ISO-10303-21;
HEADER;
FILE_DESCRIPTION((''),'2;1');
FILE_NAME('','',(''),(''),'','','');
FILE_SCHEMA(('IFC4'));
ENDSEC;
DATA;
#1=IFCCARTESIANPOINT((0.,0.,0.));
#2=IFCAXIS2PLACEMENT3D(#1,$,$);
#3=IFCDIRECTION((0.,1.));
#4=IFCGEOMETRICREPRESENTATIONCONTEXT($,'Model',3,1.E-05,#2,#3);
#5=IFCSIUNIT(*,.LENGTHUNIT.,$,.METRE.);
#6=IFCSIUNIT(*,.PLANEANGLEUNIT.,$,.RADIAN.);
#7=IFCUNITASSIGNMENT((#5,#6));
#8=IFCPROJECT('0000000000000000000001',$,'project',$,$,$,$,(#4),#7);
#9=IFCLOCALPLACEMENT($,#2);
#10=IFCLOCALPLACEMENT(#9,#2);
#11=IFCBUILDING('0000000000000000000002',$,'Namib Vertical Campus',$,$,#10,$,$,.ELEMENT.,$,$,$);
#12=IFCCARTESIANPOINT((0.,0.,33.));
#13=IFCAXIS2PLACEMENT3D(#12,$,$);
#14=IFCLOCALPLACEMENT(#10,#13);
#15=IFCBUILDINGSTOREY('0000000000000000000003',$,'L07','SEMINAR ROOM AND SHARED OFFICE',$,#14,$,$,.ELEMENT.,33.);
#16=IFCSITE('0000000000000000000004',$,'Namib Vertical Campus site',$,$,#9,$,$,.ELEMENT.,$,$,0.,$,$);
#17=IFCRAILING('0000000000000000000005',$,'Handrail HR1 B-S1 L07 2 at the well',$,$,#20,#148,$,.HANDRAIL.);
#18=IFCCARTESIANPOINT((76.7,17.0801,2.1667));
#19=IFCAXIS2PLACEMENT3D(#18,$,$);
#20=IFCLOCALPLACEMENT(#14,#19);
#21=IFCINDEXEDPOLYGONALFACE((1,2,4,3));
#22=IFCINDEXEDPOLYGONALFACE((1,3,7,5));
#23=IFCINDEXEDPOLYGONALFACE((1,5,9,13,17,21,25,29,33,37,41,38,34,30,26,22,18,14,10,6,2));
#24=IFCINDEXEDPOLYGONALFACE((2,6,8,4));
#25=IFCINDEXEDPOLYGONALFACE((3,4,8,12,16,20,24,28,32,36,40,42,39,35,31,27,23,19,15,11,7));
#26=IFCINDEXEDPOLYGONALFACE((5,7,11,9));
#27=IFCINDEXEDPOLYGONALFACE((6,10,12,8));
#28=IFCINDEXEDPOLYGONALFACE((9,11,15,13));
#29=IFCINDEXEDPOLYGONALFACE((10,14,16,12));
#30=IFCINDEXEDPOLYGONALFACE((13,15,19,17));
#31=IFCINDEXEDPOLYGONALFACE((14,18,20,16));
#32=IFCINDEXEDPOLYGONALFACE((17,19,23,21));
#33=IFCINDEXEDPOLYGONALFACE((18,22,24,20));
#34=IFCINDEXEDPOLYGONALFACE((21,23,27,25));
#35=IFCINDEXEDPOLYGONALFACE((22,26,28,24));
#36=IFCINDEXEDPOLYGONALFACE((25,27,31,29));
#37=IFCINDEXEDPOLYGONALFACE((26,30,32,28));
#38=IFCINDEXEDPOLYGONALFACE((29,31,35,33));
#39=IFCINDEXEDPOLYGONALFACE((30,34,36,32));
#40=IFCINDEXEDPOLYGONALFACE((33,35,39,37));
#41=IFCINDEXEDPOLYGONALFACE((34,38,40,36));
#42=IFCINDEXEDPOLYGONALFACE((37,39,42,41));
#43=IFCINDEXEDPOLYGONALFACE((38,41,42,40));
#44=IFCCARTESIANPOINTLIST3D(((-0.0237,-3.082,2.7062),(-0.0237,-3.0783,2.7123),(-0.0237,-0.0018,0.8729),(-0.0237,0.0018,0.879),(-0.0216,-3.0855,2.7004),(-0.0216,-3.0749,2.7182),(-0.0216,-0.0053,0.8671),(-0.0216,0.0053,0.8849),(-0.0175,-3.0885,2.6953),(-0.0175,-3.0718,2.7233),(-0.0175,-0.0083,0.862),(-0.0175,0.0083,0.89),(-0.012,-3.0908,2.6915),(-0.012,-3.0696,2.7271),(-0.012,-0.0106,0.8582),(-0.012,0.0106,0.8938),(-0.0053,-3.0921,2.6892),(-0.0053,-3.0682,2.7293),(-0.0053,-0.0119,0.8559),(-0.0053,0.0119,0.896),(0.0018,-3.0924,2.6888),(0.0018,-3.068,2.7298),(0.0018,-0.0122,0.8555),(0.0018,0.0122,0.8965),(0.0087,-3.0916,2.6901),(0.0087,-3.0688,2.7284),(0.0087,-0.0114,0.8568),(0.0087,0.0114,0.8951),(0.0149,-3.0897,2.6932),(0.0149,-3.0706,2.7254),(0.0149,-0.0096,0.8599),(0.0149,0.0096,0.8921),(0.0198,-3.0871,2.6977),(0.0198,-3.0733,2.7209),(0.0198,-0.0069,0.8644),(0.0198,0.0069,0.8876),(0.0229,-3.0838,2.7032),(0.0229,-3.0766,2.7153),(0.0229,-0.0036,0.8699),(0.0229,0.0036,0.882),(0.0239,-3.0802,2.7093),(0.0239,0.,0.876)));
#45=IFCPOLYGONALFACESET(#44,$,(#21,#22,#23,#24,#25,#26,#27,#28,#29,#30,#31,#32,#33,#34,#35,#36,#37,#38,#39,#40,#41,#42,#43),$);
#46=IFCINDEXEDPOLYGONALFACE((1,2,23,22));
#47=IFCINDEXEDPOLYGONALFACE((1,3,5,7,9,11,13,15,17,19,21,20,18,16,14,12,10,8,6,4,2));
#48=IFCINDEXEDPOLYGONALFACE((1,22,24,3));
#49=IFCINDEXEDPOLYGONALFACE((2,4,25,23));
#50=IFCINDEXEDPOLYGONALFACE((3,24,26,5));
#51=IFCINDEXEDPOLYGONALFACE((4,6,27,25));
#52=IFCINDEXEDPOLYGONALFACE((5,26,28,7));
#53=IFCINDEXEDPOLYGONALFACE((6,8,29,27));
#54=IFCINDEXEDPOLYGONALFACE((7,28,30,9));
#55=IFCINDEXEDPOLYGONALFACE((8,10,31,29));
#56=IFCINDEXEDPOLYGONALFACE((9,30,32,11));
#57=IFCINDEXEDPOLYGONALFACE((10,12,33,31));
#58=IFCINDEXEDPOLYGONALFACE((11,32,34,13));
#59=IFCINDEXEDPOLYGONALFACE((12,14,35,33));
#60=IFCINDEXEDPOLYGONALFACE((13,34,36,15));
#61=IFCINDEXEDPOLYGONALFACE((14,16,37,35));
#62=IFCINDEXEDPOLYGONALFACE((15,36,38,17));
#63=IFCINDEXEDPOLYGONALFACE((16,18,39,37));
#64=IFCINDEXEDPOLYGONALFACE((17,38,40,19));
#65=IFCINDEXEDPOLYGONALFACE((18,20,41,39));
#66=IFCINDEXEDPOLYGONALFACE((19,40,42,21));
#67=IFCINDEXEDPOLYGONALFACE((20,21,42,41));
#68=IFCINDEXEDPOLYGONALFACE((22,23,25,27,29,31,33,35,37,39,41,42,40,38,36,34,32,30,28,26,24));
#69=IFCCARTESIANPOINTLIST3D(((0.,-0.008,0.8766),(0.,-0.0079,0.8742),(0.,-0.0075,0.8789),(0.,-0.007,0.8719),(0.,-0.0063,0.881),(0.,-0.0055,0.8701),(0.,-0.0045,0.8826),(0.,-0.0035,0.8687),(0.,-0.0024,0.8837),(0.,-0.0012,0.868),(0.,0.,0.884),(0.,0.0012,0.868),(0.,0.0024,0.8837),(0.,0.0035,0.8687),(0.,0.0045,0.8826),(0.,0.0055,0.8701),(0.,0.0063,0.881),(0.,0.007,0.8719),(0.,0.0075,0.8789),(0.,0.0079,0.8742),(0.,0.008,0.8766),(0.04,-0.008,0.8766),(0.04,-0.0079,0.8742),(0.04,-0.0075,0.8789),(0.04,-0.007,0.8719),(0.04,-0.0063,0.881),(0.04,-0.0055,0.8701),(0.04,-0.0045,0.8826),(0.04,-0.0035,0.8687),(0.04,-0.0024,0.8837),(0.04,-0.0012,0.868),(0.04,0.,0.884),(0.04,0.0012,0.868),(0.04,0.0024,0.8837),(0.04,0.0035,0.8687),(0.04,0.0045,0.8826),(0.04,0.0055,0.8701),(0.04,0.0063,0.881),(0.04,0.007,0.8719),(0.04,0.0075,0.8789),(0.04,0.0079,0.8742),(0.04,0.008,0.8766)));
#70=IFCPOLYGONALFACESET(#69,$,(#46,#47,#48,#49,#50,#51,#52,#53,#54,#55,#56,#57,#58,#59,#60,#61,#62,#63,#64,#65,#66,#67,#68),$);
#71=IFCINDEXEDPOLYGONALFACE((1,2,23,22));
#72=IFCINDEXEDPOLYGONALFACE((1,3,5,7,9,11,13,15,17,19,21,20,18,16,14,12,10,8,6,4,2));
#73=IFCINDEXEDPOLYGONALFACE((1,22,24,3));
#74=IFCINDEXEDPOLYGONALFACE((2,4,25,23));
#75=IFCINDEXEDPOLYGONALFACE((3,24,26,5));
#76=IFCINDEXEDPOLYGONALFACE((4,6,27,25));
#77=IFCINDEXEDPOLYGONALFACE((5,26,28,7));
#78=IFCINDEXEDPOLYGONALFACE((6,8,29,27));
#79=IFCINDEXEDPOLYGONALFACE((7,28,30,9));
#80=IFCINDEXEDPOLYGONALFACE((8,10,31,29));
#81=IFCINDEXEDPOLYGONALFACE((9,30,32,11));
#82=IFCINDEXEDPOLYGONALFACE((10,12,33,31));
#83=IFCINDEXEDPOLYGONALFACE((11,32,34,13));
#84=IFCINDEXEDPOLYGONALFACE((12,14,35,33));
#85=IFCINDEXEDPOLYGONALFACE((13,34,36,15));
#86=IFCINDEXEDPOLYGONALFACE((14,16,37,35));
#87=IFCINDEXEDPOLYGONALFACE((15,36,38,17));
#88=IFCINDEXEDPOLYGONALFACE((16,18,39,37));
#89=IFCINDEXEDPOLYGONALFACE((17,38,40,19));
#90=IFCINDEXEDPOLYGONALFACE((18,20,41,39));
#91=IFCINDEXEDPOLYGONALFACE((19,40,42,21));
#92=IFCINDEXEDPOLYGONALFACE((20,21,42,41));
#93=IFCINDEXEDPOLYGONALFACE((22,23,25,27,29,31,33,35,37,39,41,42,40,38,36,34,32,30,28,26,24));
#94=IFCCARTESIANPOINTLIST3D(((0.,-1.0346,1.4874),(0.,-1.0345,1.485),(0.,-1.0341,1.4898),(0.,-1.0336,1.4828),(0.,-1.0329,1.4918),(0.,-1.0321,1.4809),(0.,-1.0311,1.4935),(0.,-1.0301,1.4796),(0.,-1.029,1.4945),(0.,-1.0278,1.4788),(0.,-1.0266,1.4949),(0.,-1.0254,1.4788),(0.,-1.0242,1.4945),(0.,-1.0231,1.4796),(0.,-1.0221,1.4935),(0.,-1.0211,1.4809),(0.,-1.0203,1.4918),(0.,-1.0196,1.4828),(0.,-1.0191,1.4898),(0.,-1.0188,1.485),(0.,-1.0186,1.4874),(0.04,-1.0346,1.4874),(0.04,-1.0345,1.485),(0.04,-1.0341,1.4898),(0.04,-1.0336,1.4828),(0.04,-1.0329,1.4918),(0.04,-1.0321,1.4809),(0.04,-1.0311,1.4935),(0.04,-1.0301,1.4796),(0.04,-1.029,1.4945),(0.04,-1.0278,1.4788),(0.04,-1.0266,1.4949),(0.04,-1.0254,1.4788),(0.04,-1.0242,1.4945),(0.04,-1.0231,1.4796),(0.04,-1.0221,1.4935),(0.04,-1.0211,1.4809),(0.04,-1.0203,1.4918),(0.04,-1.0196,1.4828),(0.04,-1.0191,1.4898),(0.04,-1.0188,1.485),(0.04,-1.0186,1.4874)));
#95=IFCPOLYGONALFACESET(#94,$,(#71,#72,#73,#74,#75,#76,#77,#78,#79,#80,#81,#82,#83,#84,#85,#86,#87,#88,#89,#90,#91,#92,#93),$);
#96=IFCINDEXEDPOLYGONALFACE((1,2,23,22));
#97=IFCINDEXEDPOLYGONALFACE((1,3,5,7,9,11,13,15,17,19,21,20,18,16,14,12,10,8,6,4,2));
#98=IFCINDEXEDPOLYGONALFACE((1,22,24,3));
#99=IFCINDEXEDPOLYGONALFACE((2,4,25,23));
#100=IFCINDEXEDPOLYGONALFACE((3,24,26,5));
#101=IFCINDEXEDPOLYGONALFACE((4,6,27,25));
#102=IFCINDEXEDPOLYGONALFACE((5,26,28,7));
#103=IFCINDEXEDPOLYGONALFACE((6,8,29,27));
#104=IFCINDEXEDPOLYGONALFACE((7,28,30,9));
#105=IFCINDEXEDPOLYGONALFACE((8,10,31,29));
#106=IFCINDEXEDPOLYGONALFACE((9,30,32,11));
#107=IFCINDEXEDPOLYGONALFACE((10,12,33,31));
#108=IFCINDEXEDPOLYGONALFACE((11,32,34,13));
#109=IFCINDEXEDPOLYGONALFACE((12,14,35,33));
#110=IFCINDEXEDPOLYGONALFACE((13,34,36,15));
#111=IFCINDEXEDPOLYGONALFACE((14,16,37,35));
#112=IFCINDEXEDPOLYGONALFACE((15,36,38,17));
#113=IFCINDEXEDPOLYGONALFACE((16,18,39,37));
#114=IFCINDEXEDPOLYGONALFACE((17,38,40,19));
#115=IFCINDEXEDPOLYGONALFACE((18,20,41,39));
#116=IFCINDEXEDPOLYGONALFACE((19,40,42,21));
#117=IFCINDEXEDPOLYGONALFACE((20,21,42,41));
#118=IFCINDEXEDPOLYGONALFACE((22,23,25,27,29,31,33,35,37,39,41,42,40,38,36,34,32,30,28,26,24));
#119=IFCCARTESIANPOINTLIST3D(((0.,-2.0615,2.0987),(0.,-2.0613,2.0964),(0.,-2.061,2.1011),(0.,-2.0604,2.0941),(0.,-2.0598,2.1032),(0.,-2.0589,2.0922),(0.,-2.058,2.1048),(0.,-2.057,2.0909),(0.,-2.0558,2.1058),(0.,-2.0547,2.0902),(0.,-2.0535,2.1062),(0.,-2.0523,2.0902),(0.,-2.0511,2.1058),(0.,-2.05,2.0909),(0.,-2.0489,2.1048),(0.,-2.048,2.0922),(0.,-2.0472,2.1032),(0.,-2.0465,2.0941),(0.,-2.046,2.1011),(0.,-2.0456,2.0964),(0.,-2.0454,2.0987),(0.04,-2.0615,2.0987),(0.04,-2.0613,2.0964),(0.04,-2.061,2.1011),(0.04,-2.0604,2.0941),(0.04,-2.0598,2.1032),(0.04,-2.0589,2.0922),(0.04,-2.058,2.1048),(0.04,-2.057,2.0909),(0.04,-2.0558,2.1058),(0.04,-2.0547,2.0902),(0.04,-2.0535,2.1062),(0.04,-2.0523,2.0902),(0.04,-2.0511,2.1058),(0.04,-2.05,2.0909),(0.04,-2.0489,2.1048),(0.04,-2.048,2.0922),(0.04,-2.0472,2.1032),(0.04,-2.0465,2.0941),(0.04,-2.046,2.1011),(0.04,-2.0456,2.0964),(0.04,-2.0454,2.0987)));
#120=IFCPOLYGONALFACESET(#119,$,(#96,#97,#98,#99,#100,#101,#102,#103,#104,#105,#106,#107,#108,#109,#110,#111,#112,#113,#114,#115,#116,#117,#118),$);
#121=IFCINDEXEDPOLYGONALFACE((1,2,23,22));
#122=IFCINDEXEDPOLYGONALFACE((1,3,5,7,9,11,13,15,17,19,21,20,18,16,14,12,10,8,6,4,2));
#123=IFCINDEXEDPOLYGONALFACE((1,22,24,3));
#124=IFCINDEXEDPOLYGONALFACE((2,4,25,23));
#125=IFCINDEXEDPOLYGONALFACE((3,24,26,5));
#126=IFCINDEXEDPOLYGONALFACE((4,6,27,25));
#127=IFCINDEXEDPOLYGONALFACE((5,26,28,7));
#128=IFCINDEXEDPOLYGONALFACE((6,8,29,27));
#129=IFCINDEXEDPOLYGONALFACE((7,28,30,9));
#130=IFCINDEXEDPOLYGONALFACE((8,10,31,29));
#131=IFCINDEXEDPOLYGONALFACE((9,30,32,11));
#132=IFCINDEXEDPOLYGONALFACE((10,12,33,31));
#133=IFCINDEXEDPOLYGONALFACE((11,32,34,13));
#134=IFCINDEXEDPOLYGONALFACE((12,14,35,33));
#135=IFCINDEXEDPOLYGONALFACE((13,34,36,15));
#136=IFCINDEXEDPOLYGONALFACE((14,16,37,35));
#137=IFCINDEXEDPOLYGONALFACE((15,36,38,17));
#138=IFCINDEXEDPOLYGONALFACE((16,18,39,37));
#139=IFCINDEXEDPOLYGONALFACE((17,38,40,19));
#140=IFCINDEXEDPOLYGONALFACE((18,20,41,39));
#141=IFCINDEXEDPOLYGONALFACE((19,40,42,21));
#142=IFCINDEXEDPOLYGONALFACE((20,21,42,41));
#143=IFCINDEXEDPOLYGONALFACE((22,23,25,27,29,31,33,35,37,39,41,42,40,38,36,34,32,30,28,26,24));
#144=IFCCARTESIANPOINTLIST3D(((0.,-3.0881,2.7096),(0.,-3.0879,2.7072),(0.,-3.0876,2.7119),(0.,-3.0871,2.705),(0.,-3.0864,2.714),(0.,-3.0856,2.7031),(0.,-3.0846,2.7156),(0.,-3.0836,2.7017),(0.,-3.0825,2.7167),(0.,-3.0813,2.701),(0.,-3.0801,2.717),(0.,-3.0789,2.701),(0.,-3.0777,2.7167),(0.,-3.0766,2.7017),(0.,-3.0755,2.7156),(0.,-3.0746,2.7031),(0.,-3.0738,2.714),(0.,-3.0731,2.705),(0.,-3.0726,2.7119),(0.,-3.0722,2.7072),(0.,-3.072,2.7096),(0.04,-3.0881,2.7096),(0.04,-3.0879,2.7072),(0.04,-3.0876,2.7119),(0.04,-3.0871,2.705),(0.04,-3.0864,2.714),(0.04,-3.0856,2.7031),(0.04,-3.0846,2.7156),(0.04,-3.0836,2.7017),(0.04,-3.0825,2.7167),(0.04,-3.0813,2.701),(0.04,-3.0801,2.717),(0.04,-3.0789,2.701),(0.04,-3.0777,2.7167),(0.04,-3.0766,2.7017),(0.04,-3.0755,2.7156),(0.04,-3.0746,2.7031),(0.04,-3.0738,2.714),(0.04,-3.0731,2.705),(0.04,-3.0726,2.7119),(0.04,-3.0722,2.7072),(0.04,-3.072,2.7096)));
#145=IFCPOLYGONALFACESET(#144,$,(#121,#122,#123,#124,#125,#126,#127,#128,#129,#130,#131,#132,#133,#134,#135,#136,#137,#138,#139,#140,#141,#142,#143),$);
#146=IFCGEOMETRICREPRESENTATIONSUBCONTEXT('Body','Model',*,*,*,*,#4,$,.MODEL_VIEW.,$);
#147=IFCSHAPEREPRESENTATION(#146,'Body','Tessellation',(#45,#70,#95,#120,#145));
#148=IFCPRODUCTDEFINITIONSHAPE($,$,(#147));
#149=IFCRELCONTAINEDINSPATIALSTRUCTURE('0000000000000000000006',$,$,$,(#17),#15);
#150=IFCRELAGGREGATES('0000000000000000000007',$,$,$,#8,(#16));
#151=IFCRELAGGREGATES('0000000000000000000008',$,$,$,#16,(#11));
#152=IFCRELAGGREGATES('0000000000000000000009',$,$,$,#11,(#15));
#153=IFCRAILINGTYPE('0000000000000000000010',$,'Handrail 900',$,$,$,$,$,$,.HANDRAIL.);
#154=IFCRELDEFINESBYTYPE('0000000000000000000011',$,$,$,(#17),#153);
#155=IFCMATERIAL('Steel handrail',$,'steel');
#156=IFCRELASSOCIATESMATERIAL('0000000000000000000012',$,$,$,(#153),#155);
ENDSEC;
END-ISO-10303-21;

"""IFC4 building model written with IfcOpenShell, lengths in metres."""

from ifc_helpers import new_model, si_unit, direction, frame, origin, origin_2d, place, context, subcontext, project, spatial, circle, extrude, material, type_object, element, save


model = new_model("IFC4")

# Units and contexts
model_context = context("Model", 3, precision=1e-05, world=origin(), true_north=direction((0.0, 1.0)))
body_context = subcontext(model_context, "Body", "Model", "MODEL_VIEW")
ifc_project = project(units=[si_unit("LENGTHUNIT", "METRE"), si_unit("PLANEANGLEUNIT", "RADIAN")], contexts=[model_context])

# Site, building, storey
site_placement = place(None, origin())
site = spatial("IfcSite", under=ifc_project, at=site_placement, Name="Namib Vertical Campus site", CompositionType="ELEMENT", RefElevation=0.0)
building_placement = place(site_placement, origin())
building = spatial("IfcBuilding", under=site, at=building_placement, Name="Namib Vertical Campus", CompositionType="ELEMENT")
storey_placement = place(building_placement, frame((0.0, 0.0, 33.0)))
storey = spatial("IfcBuildingStorey", under=building, at=storey_placement, Name="L07", Description="SEMINAR ROOM AND SHARED OFFICE", CompositionType="ELEMENT", Elevation=33.0)

# Railing
ifc_material_1 = material(Name="Steel handrail", Category="steel")
railing_type_1 = type_object("IfcRailingType", Name="Handrail 900", PredefinedType="HANDRAIL", material=ifc_material_1)
railing_1_placement = place(storey_placement, frame((76.7, 17.0801, 2.1667)))
element("IfcRailing", 1, at=railing_1_placement, inside=storey, type_object=railing_type_1, Name="Handrail HR1 B-S1 L07 2 at the well", PredefinedType="HANDRAIL", context=body_context, shape_type="SweptSolid", body=[
    extrude(circle(Radius=0.0239, at=origin_2d()), frame((0.0, 0.0, 0.876), z_axis=(0.0, -0.859309, 0.511458), x_axis=(1.0, 0.0, 0.0)), (0.0, 0.0, 1.0), 3.5845),
    extrude(circle(Radius=0.0081, at=origin_2d()), frame((0.0, 0.0, 0.876), z_axis=(1.0, 0.0, 0.0), x_axis=(0.0, 0.0, 1.0)), (0.0, 0.0, 1.0), 0.04),
    extrude(circle(Radius=0.0081, at=origin_2d()), frame((0.0, -1.0266, 1.4868), z_axis=(1.0, 0.0, 0.0), x_axis=(0.0, 0.0, 1.0)), (0.0, 0.0, 1.0), 0.04),
    extrude(circle(Radius=0.0081, at=origin_2d()), frame((0.0, -2.0535, 2.0981), z_axis=(1.0, 0.0, 0.0), x_axis=(0.0, 0.0, 1.0)), (0.0, 0.0, 1.0), 0.04),
    extrude(circle(Radius=0.0081, at=origin_2d()), frame((0.0, -3.0801, 2.709), z_axis=(1.0, 0.0, 0.0), x_axis=(0.0, 0.0, 1.0)), (0.0, 0.0, 1.0), 0.04),
])

save(model, "model.ifc")
